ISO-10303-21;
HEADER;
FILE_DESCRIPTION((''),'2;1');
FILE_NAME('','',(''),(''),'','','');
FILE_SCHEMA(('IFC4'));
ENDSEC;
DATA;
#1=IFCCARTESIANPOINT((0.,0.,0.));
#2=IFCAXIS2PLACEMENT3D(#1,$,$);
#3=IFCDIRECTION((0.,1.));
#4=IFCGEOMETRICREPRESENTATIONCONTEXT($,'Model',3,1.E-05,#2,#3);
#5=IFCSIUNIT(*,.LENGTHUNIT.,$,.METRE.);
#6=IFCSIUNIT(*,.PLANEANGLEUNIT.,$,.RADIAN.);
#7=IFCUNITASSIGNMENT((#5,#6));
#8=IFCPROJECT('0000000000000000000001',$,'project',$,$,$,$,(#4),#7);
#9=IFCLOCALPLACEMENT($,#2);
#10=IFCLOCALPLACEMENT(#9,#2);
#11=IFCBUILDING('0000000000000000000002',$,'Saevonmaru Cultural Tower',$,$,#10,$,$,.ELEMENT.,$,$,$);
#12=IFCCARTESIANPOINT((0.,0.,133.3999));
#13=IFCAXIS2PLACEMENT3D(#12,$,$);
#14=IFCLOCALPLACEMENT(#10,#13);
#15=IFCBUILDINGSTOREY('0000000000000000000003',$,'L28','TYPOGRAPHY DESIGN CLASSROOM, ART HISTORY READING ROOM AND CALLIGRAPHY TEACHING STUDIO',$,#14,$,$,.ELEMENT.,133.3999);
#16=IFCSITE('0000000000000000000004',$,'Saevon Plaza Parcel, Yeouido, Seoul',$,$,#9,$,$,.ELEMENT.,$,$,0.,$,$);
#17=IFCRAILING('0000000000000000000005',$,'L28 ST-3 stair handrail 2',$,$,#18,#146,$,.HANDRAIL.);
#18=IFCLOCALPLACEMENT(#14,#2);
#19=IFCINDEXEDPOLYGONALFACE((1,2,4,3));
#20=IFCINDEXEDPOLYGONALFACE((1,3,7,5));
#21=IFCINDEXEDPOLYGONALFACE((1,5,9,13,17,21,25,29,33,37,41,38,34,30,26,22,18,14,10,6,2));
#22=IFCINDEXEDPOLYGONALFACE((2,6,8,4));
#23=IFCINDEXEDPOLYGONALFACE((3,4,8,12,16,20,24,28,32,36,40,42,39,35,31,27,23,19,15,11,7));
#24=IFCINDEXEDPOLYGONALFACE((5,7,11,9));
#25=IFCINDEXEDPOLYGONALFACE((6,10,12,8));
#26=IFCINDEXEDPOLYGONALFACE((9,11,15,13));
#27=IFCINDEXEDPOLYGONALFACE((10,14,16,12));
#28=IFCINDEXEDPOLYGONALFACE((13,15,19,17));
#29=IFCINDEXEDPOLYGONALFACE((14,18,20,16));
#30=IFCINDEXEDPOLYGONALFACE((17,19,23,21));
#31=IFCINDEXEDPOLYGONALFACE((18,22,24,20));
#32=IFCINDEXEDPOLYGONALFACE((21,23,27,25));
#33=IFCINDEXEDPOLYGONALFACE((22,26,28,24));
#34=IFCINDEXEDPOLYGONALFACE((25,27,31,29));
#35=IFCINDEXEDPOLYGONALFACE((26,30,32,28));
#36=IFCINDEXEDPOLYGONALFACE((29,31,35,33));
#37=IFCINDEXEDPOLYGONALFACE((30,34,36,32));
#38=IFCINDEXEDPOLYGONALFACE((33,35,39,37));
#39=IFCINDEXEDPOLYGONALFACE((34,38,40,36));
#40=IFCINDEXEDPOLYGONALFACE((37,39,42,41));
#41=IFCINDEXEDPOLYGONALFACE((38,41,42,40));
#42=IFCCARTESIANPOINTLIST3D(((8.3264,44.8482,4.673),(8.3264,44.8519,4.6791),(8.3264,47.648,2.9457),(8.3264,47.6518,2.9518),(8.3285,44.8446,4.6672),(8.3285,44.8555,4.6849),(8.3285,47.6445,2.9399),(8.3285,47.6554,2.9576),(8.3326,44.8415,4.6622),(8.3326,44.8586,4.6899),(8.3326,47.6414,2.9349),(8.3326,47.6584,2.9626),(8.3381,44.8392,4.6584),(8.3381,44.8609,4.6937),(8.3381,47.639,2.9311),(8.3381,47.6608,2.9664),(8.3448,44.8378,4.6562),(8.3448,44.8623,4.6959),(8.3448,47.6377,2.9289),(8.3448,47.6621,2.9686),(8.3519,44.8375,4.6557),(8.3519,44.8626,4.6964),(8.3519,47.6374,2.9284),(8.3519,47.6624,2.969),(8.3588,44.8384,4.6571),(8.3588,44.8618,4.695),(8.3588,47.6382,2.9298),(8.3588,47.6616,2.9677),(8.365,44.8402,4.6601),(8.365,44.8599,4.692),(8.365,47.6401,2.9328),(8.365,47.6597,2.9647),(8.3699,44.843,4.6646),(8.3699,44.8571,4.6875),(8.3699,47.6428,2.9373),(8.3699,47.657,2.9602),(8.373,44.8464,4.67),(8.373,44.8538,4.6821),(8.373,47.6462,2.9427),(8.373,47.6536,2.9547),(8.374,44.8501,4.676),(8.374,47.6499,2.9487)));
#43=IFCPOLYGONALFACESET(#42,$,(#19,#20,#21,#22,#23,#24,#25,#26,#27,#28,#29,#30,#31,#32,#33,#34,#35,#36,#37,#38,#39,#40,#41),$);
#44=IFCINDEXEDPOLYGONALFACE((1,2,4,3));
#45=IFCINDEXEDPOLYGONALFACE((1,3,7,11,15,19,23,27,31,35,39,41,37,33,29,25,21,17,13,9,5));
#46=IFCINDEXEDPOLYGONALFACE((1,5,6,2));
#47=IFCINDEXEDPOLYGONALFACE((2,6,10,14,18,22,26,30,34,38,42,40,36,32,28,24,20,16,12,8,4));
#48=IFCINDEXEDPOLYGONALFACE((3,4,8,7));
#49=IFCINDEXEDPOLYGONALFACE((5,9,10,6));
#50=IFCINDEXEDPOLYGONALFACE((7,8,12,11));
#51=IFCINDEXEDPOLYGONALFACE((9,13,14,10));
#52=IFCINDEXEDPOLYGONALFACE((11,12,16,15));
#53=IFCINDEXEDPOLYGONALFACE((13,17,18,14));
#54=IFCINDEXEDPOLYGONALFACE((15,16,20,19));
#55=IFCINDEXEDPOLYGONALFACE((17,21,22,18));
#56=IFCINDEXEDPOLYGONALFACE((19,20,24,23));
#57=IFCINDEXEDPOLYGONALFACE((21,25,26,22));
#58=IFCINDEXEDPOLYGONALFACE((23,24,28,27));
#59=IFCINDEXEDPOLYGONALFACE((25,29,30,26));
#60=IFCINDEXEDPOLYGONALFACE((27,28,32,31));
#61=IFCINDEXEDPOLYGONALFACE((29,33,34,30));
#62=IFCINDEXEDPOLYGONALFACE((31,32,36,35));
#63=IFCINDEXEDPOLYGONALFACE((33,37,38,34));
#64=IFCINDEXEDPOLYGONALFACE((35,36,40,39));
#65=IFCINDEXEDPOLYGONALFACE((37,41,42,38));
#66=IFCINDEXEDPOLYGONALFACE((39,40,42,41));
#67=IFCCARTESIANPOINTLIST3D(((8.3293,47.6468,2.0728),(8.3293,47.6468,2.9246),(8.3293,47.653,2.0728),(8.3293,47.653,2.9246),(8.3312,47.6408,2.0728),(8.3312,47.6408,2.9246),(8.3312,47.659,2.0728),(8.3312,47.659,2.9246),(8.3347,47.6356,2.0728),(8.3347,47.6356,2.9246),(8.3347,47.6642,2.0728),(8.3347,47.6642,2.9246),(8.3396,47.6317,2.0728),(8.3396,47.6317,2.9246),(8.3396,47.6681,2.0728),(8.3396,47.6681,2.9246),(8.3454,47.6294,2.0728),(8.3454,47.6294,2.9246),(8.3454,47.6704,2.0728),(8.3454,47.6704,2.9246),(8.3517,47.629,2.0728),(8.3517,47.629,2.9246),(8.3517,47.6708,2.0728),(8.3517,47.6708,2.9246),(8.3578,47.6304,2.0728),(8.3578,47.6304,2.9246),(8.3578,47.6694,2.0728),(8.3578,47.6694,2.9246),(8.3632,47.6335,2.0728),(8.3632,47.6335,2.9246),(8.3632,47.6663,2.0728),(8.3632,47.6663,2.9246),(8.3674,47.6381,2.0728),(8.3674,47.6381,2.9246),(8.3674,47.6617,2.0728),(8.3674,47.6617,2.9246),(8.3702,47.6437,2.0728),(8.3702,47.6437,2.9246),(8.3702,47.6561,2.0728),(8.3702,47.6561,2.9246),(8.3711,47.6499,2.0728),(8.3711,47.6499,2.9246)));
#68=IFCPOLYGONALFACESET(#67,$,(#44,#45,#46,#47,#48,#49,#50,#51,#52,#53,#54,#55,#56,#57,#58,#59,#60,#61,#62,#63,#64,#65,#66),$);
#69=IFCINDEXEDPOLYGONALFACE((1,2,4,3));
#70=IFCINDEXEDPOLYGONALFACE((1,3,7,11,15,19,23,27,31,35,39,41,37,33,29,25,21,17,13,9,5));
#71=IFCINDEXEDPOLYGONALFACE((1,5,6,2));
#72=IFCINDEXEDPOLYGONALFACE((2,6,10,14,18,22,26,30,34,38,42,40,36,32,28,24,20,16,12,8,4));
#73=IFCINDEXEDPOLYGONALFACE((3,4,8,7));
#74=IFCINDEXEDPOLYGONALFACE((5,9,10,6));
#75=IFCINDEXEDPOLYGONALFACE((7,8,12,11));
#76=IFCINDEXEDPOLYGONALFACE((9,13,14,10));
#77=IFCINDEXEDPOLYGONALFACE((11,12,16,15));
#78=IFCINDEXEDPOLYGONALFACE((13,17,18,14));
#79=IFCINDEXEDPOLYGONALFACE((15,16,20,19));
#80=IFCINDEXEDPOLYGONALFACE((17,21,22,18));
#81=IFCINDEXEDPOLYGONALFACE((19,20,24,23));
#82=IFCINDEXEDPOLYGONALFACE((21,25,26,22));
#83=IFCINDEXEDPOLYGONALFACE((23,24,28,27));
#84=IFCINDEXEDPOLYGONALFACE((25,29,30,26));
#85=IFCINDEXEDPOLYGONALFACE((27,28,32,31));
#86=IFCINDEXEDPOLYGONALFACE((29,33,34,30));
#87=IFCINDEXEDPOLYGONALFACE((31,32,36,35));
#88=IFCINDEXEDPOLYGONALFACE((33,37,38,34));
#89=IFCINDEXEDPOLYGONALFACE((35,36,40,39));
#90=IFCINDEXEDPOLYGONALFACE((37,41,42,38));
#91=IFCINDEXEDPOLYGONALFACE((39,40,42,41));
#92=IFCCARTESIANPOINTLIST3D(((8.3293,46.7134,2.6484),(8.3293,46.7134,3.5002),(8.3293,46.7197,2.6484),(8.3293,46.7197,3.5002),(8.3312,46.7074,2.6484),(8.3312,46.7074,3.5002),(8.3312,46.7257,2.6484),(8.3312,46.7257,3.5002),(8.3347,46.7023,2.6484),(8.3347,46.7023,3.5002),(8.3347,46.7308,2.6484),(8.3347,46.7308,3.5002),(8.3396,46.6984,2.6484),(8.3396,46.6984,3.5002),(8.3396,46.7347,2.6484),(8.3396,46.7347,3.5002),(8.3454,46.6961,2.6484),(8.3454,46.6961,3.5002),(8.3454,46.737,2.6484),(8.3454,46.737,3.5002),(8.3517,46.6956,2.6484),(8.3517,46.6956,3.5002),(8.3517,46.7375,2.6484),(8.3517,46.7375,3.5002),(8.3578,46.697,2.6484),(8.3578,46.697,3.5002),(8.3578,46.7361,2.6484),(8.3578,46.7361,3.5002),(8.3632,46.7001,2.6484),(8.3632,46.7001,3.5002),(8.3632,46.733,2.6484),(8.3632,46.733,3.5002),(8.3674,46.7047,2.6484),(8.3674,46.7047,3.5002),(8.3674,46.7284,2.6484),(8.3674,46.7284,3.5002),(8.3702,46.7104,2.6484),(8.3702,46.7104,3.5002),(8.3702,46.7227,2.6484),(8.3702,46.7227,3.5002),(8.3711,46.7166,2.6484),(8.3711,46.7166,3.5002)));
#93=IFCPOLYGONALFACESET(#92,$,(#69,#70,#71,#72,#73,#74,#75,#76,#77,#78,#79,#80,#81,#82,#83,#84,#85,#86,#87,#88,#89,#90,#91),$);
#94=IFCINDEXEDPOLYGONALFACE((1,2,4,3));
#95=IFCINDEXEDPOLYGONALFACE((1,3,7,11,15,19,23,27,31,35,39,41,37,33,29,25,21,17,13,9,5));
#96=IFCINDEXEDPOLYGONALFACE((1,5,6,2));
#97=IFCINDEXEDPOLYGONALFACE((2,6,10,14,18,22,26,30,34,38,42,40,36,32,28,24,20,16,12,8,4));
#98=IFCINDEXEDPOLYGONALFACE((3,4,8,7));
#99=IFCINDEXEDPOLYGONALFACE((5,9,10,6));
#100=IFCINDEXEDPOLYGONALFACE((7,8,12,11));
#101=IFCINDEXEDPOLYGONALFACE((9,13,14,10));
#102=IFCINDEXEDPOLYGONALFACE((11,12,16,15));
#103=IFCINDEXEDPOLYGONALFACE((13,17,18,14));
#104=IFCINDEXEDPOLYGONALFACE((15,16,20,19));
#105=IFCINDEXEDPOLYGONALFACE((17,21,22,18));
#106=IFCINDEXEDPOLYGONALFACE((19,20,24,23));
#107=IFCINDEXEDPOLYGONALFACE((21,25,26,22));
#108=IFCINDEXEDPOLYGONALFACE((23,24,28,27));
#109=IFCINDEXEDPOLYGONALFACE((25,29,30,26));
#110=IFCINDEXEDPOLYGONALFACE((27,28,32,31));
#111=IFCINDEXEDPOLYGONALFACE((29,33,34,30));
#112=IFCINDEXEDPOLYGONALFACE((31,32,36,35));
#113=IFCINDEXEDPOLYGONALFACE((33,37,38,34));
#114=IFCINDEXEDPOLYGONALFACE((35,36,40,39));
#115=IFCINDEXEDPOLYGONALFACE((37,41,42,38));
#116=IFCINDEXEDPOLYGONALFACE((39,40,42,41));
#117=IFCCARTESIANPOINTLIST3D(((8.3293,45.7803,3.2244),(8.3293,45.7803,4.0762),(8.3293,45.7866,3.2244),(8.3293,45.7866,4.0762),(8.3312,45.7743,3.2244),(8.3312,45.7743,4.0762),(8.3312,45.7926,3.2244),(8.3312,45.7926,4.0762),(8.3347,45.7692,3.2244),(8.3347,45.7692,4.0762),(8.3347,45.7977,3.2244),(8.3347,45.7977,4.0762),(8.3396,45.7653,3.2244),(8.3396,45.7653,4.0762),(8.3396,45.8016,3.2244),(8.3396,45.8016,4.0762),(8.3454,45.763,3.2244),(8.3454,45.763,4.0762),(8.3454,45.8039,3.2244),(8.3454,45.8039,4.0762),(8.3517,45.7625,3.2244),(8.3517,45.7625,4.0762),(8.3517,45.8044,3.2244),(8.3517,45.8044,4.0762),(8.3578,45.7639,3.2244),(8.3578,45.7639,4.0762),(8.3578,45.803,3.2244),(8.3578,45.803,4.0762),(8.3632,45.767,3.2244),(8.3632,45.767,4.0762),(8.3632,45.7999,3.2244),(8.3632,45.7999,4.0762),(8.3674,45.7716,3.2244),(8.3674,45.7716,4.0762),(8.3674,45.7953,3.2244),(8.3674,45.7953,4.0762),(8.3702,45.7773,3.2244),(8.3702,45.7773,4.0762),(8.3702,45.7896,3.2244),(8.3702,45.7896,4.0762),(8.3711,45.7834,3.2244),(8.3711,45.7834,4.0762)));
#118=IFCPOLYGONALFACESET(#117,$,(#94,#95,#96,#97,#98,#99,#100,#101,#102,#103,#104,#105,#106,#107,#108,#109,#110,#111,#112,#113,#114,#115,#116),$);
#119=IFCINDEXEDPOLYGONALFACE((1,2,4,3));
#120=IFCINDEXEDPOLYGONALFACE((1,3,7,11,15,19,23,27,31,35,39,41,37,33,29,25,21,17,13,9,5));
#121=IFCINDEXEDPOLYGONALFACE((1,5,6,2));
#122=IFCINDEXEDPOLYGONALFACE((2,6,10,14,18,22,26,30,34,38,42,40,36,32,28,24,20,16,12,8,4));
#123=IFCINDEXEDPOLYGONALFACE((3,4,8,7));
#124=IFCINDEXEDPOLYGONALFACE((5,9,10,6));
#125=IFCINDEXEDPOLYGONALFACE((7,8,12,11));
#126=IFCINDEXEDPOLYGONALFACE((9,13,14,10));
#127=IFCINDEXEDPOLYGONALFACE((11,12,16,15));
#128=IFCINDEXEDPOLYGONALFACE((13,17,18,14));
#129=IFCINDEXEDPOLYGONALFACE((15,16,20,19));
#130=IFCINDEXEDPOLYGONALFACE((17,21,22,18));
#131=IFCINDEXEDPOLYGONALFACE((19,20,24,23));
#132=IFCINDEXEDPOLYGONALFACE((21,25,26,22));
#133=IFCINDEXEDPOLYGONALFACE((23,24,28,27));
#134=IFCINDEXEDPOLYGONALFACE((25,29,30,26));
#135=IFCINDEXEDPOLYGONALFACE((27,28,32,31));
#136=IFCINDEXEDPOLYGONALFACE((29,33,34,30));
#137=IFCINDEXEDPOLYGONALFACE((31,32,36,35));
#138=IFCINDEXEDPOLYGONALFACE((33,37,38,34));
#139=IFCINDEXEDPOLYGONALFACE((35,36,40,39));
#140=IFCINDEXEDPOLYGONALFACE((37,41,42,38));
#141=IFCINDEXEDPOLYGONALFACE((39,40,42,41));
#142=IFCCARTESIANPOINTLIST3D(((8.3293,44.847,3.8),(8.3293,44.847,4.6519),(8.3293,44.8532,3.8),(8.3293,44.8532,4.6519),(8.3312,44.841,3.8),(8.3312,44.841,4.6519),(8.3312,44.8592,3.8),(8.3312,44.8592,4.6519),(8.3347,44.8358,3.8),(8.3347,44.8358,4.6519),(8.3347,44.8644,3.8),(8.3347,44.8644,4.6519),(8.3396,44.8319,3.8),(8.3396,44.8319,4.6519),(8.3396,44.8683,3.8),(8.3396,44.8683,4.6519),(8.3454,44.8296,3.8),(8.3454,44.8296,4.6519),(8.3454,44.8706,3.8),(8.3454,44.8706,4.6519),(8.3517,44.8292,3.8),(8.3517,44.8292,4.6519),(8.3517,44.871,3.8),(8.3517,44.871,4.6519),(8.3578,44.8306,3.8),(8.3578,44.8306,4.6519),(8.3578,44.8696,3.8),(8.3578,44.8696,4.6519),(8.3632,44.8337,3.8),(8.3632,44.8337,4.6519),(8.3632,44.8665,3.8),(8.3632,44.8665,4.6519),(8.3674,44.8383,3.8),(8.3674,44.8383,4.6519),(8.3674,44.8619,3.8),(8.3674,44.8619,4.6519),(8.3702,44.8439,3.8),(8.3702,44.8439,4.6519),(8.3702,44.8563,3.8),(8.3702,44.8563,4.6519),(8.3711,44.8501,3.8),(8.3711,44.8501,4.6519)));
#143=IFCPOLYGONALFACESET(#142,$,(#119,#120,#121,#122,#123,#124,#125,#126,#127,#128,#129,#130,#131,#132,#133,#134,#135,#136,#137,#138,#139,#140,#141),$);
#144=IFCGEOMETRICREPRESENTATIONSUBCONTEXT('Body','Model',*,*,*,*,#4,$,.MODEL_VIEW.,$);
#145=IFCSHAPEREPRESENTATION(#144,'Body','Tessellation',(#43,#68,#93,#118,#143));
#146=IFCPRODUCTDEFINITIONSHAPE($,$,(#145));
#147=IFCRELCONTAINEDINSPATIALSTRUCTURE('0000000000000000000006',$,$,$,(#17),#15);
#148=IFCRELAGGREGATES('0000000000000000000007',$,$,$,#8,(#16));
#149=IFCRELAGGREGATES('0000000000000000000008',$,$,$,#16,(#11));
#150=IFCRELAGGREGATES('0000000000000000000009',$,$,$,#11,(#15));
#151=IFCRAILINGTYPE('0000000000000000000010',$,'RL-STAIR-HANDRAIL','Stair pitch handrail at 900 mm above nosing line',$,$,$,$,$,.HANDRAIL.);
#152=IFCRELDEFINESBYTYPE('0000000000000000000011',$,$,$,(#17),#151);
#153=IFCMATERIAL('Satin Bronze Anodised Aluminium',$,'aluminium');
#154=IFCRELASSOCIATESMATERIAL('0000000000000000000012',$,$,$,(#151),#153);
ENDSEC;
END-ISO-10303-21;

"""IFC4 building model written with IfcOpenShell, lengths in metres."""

from ifc_helpers import new_model, si_unit, direction, frame, origin, origin_2d, place, context, subcontext, project, spatial, circle, extrude, material, type_object, element, save


model = new_model("IFC4")

# Units and contexts
model_context = context("Model", 3, precision=1e-05, world=origin(), true_north=direction((0.0, 1.0)))
body_context = subcontext(model_context, "Body", "Model", "MODEL_VIEW")
ifc_project = project(units=[si_unit("LENGTHUNIT", "METRE"), si_unit("PLANEANGLEUNIT", "RADIAN")], contexts=[model_context])

# Site, building, storey
site_placement = place(None, origin())
site = spatial("IfcSite", under=ifc_project, at=site_placement, Name="Saevon Plaza Parcel, Yeouido, Seoul", CompositionType="ELEMENT", RefElevation=0.0)
building_placement = place(site_placement, origin())
building = spatial("IfcBuilding", under=site, at=building_placement, Name="Saevonmaru Cultural Tower", CompositionType="ELEMENT")
storey_placement = place(building_placement, frame((0.0, 0.0, 133.3999)))
storey = spatial("IfcBuildingStorey", under=building, at=storey_placement, Name="L28", Description="TYPOGRAPHY DESIGN CLASSROOM, ART HISTORY READING ROOM AND CALLIGRAPHY TEACHING STUDIO", CompositionType="ELEMENT", Elevation=133.3999)

# Shared definitions
ifc_material_1 = material(Name="Satin Bronze Anodised Aluminium", Category="aluminium")

# Railing
railing_type_1 = type_object("IfcRailingType", Name="RL-STAIR-HANDRAIL", Description="Stair pitch handrail at 900 mm above nosing line", PredefinedType="HANDRAIL", material=ifc_material_1)
railing_1_placement = place(storey_placement, frame((8.3501, 47.6499, 2.0728)))
element("IfcRailing", 1, at=railing_1_placement, inside=storey, type_object=railing_type_1, Name="L28 ST-3 stair handrail 2", PredefinedType="HANDRAIL", context=body_context, shape_type="SweptSolid", body=[
    extrude(circle(Radius=0.0239, at=origin_2d()), frame((0.0, 0.0, 0.876), z_axis=(0.0, -0.851069, 0.525054), x_axis=(1.0, 0.0, 0.0)), (0.0, 0.0, 1.0), 3.2898),
    extrude(circle(Radius=0.021, at=origin_2d()), origin(), (0.0, 0.0, 1.0), 0.8518),
    extrude(circle(Radius=0.021, at=origin_2d()), frame((0.0, -0.9333, 0.5757)), (0.0, 0.0, 1.0), 0.8518),
    extrude(circle(Radius=0.021, at=origin_2d()), frame((0.0, -1.8665, 1.1516)), (0.0, 0.0, 1.0), 0.8518),
    extrude(circle(Radius=0.021, at=origin_2d()), frame((0.0, -2.7998, 1.7273)), (0.0, 0.0, 1.0), 0.8518),
])

save(model, "model.ifc")
